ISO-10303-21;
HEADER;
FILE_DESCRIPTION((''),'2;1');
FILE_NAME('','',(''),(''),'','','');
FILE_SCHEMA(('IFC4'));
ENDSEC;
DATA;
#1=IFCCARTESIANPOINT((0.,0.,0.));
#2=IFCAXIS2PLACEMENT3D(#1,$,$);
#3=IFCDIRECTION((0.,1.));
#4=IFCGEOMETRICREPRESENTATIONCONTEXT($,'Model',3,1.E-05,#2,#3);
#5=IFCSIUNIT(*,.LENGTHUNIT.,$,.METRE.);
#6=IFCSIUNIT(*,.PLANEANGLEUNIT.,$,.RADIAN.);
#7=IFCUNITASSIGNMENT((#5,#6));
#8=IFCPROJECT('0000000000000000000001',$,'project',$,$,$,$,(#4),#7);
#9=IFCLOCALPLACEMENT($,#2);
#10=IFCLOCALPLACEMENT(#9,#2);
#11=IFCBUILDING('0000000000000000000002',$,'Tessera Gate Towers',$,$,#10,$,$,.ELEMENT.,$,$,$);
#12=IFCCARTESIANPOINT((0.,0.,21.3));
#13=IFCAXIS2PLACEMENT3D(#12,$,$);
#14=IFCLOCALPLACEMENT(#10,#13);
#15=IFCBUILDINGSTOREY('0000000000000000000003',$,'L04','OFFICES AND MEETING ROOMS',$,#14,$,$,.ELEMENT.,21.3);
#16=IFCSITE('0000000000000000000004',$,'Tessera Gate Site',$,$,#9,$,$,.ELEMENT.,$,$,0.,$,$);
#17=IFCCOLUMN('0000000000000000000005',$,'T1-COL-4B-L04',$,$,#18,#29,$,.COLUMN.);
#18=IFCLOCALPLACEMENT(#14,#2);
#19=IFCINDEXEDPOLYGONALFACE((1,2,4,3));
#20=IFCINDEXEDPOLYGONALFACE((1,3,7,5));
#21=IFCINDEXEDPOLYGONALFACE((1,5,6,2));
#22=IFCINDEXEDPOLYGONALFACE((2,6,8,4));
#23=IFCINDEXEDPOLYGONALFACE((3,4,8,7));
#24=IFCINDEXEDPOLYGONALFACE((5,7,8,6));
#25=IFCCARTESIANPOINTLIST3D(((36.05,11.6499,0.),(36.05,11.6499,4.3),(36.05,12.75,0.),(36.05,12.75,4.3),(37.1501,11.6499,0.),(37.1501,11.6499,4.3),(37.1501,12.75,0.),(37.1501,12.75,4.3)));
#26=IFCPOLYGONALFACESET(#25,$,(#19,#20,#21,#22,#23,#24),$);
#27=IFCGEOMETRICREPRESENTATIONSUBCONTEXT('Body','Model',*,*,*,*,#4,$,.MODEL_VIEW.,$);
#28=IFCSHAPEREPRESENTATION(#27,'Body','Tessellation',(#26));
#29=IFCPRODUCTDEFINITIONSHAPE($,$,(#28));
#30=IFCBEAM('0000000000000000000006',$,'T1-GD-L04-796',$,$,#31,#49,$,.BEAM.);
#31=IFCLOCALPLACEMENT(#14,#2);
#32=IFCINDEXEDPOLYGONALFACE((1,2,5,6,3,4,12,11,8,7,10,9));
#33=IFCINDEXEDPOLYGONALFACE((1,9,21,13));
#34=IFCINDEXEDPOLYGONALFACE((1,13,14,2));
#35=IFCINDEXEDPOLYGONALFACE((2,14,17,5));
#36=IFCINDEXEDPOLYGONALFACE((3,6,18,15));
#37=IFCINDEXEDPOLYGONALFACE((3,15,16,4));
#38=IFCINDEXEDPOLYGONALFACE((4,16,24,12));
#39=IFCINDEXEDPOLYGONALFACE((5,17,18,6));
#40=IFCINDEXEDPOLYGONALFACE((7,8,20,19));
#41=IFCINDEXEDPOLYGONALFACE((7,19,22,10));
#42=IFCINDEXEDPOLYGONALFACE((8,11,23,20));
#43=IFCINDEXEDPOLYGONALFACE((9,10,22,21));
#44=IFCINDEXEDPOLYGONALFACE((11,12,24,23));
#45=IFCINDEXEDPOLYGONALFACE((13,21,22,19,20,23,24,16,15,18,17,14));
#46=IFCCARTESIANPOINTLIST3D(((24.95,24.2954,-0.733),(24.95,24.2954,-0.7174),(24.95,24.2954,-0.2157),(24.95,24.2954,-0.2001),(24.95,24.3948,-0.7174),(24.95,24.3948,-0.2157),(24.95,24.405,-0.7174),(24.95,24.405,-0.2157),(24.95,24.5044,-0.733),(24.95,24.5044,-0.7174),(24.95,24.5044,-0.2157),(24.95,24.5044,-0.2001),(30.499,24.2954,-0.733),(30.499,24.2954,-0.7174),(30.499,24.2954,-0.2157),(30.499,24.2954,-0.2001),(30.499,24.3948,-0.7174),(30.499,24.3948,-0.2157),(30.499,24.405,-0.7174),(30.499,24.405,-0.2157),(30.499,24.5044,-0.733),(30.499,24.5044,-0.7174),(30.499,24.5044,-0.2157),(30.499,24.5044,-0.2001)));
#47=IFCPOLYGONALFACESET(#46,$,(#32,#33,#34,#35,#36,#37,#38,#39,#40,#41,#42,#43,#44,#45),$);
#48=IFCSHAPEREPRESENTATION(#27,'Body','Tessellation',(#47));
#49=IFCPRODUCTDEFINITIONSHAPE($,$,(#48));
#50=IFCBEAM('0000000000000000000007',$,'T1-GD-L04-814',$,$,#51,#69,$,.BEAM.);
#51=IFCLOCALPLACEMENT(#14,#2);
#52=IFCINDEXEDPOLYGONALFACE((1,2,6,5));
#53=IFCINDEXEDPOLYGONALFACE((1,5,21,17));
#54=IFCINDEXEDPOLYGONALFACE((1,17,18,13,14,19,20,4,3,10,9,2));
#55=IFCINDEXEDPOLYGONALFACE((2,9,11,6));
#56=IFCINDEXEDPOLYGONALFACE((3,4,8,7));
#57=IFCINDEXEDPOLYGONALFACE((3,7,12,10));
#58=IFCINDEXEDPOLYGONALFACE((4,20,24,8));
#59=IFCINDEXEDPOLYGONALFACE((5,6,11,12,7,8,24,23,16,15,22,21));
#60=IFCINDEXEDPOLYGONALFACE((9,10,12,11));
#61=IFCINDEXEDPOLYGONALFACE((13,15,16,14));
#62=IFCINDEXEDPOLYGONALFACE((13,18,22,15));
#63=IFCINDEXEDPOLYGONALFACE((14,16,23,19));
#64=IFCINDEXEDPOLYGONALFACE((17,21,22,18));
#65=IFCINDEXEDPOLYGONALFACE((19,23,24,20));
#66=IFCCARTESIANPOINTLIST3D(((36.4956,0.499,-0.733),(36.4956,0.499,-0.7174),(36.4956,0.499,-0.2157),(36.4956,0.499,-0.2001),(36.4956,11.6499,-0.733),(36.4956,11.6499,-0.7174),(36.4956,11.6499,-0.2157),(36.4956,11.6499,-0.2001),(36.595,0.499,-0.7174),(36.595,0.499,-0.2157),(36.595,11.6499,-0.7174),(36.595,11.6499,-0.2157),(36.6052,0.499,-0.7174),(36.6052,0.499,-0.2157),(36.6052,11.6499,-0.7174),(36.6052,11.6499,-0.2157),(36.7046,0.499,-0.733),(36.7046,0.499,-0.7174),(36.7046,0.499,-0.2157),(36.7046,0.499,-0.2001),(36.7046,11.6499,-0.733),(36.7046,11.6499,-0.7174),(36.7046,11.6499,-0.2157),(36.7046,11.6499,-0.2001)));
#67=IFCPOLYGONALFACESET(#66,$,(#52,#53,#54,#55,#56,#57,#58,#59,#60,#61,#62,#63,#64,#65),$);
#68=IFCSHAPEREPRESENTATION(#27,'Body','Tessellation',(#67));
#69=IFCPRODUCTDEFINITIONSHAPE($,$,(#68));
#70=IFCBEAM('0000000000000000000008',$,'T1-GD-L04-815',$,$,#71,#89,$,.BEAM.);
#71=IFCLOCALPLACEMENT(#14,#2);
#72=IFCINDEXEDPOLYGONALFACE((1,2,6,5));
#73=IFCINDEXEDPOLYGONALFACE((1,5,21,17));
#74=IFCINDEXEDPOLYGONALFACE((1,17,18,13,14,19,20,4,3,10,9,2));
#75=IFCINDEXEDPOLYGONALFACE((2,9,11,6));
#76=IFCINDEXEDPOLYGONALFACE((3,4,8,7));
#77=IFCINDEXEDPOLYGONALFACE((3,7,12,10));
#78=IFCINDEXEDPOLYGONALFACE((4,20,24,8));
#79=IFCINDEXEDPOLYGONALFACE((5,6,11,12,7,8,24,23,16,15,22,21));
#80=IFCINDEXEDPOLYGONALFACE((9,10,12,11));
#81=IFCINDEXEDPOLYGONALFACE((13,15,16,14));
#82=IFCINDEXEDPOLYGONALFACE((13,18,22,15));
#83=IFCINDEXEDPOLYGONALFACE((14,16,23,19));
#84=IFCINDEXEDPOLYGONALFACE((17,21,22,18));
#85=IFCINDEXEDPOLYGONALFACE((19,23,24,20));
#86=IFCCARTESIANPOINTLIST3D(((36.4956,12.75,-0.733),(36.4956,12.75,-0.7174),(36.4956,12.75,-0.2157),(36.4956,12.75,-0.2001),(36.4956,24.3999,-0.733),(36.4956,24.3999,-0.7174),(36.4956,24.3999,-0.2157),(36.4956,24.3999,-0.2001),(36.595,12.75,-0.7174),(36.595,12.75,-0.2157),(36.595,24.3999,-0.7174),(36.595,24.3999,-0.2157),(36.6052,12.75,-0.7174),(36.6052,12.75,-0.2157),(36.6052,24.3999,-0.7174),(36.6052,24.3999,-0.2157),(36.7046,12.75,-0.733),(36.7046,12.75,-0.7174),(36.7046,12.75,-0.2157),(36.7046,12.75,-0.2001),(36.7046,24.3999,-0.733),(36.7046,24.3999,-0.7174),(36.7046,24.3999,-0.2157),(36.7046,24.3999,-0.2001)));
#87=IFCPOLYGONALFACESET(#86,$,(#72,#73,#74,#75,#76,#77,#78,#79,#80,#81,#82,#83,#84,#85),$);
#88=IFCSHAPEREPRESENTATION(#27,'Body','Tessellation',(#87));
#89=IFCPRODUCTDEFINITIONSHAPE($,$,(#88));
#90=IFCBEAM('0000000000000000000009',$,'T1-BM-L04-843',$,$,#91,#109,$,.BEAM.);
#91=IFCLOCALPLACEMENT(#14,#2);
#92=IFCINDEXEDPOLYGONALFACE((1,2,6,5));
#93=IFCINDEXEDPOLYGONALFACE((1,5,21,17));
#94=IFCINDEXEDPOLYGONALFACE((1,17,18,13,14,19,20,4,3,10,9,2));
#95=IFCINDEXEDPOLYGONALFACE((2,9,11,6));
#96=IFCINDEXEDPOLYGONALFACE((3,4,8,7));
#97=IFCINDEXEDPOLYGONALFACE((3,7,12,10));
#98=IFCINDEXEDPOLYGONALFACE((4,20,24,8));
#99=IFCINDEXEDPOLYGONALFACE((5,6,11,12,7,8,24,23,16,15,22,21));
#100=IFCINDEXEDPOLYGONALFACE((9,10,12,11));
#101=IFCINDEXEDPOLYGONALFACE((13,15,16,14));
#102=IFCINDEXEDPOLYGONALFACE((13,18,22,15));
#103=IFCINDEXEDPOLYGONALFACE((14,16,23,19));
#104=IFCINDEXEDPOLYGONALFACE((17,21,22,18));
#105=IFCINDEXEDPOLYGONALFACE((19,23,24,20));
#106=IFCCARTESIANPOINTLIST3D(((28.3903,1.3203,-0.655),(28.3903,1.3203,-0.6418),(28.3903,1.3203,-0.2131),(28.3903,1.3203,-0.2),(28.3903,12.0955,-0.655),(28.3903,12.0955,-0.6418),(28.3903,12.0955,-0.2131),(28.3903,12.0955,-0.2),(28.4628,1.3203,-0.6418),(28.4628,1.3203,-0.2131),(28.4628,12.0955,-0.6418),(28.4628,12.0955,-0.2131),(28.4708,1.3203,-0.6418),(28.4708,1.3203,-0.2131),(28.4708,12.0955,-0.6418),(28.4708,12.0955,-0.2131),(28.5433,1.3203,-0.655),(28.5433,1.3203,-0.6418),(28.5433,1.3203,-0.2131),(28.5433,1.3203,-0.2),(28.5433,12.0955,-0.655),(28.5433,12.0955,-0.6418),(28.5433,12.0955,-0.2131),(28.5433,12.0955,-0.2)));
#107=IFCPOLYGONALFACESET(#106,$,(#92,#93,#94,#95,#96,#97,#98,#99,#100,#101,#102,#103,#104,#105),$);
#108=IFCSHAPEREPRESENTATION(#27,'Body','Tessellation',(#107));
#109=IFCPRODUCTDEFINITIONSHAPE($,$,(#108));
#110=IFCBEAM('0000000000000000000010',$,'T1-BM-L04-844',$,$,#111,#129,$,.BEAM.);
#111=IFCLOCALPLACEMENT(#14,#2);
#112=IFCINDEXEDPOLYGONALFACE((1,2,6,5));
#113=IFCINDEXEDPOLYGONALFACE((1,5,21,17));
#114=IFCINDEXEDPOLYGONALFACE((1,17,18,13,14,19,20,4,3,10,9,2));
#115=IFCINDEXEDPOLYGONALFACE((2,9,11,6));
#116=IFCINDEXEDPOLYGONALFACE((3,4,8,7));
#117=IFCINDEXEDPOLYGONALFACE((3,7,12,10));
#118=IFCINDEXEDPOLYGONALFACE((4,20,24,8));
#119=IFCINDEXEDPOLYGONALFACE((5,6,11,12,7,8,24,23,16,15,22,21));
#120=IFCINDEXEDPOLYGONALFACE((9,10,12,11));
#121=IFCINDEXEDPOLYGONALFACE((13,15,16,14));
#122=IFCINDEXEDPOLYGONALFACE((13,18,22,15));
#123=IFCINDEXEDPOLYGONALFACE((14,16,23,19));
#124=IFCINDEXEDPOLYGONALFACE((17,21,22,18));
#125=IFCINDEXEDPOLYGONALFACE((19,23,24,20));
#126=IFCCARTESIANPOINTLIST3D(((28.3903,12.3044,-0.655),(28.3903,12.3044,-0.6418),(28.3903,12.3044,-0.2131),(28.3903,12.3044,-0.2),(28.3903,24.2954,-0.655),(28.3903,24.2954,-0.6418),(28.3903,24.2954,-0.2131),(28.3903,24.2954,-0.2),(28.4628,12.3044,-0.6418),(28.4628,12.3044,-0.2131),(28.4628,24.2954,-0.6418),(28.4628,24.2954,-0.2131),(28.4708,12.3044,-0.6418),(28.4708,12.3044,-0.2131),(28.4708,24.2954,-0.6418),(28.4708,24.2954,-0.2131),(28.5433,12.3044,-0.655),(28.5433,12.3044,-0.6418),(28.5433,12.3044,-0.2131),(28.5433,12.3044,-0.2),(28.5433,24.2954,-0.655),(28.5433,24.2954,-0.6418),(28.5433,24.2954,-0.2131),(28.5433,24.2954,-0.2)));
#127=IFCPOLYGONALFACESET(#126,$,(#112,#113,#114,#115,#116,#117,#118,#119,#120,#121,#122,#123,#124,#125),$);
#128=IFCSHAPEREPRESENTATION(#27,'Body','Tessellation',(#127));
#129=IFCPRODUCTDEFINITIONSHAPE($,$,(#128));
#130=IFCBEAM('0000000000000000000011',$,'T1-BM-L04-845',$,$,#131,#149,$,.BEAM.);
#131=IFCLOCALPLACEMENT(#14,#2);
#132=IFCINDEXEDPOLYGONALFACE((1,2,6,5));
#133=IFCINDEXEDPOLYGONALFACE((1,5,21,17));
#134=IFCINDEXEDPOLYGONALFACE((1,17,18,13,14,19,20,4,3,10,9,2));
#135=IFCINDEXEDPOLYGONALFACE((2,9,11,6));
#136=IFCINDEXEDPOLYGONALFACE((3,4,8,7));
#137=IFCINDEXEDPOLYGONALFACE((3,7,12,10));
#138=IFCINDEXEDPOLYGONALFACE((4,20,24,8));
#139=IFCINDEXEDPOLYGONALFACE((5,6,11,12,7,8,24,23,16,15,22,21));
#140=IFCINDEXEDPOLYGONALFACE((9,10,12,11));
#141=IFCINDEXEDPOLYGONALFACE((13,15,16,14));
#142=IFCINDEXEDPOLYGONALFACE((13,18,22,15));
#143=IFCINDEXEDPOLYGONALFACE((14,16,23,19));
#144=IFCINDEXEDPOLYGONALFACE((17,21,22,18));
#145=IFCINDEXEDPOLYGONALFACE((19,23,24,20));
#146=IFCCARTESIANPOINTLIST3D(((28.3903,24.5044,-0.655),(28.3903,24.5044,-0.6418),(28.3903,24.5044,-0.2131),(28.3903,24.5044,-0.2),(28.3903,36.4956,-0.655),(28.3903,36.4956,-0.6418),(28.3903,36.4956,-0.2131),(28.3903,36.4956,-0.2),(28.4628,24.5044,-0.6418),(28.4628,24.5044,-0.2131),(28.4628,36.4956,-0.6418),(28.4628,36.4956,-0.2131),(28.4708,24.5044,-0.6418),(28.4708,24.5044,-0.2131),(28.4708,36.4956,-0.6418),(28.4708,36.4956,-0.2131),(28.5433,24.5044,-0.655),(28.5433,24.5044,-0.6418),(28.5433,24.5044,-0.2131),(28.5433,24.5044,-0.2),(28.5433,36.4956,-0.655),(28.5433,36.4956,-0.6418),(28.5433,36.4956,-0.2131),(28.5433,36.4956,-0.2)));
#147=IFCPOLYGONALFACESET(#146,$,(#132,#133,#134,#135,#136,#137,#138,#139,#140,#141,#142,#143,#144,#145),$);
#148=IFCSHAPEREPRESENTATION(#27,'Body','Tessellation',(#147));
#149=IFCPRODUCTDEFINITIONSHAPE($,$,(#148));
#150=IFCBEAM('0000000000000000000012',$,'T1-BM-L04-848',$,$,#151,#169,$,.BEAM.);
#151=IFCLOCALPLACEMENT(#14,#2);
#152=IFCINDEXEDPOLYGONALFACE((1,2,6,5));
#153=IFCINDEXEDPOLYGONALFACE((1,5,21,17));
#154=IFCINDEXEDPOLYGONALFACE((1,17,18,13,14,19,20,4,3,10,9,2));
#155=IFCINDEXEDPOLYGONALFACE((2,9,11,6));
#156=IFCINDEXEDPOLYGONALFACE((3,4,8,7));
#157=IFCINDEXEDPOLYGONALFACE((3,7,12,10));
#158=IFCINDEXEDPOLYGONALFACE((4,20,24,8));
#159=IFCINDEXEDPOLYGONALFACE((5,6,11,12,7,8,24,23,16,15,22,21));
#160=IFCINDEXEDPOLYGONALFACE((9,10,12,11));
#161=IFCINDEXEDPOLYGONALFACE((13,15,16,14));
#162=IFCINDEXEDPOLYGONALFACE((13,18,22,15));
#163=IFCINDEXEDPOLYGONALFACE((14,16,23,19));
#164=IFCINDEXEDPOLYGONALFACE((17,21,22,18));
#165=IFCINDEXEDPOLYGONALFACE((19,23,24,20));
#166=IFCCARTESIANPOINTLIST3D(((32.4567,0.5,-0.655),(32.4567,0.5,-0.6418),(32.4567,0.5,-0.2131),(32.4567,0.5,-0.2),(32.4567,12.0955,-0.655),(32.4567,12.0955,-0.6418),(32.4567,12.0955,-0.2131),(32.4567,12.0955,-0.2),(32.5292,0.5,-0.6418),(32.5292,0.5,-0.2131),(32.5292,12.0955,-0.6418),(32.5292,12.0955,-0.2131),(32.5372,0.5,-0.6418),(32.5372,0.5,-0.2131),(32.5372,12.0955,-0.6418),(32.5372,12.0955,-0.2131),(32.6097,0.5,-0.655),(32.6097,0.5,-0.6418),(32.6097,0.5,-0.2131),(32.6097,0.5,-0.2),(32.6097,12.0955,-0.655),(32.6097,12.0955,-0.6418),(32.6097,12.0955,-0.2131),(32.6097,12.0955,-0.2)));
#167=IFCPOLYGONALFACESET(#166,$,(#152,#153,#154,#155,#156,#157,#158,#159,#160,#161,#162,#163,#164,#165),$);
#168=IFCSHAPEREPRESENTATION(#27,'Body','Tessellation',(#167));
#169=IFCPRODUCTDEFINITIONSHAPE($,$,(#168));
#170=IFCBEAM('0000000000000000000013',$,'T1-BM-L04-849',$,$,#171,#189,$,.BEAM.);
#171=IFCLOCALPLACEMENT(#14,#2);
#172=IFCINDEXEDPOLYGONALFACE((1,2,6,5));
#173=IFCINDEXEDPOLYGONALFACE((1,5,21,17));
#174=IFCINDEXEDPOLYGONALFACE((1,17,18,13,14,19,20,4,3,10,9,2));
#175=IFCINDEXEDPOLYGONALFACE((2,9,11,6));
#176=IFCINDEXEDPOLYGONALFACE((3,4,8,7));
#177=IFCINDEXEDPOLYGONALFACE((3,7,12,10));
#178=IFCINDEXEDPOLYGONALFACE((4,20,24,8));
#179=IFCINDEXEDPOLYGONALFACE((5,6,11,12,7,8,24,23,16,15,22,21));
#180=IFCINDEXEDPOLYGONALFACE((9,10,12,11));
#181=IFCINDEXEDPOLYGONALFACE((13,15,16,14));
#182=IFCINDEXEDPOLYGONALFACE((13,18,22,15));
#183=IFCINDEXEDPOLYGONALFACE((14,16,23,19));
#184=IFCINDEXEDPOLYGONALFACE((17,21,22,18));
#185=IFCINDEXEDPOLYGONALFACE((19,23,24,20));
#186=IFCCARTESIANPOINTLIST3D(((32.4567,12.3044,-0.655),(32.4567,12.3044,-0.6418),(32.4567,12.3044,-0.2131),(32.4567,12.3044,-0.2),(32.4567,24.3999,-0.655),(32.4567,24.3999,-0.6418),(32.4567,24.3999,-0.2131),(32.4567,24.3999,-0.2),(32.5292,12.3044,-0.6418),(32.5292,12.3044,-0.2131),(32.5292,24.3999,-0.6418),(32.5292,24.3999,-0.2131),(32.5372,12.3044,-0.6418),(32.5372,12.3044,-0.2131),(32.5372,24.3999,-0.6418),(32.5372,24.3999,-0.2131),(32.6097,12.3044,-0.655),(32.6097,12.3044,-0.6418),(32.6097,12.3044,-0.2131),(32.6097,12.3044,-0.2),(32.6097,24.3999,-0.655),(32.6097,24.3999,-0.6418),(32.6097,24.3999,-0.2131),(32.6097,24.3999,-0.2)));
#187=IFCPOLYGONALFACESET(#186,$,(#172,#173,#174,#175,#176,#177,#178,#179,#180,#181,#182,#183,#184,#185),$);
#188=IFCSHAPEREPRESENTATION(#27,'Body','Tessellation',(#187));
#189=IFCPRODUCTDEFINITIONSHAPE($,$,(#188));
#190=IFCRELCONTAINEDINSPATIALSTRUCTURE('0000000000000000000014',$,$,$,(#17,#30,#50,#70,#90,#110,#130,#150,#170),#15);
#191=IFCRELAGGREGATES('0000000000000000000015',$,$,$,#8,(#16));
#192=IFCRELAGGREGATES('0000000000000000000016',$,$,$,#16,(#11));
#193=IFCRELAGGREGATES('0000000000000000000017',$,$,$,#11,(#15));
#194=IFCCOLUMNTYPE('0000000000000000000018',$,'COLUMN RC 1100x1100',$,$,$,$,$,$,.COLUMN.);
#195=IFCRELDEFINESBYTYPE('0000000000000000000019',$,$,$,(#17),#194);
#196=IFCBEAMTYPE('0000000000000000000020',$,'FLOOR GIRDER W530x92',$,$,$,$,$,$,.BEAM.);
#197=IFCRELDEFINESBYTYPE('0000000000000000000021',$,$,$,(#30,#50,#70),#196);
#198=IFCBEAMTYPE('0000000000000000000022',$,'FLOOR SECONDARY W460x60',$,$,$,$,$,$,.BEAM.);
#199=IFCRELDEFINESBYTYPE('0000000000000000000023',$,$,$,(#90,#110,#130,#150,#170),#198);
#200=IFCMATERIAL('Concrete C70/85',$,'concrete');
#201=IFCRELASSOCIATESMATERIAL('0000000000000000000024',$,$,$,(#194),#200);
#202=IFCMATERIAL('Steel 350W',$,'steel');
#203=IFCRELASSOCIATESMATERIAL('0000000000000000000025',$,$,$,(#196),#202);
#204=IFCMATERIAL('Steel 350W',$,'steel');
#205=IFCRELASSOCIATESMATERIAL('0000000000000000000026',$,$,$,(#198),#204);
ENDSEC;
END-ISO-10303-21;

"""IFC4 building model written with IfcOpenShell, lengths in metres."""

from ifc_helpers import new_model, si_unit, direction, frame, origin, origin_2d, place, context, subcontext, project, spatial, rectangle, i_section, extrude, material, material_profile, profile_set, type_object, element, save


model = new_model("IFC4")

# Units and contexts
model_context = context("Model", 3, precision=1e-05, world=origin(), true_north=direction((0.0, 1.0)))
body_context = subcontext(model_context, "Body", "Model", "MODEL_VIEW")
ifc_project = project(units=[si_unit("LENGTHUNIT", "METRE"), si_unit("PLANEANGLEUNIT", "RADIAN")], contexts=[model_context])

# Site, building, storey
site_placement = place(None, origin())
site = spatial("IfcSite", under=ifc_project, at=site_placement, Name="Tessera Gate Site", CompositionType="ELEMENT", RefElevation=0.0)
building_placement = place(site_placement, origin())
building = spatial("IfcBuilding", under=site, at=building_placement, Name="Tessera Gate Towers", CompositionType="ELEMENT")
storey_placement = place(building_placement, frame((0.0, 0.0, 21.3)))
storey = spatial("IfcBuildingStorey", under=building, at=storey_placement, Name="L04", Description="OFFICES AND MEETING ROOMS", CompositionType="ELEMENT", Elevation=21.3)

# Column
ifc_material_1 = material(Name="Concrete C70/85", Category="concrete")
ifc_material_profile_1 = material_profile(ifc_material_1, rectangle(XDim=1.1001, YDim=1.1001, at=origin_2d()), Name="RC 1100x1100")
ifc_profile_set_1 = profile_set([ifc_material_profile_1], Name="Concrete C70/85")
column_type = type_object("IfcColumnType", Name="COLUMN RC 1100x1100", PredefinedType="COLUMN", material=ifc_profile_set_1)
column_placement = place(storey_placement, frame((36.6001, 12.2, 0.0), z_axis=(0.0, 0.0, 1.0), x_axis=(1.0, 0.0, 0.0)))
element("IfcColumn", 1, at=column_placement, inside=storey, type_object=column_type, Name="T1-COL-4B-L04", PredefinedType="COLUMN", context=body_context, shape_type="SweptSolid", body=[
    extrude(rectangle(XDim=1.1001, YDim=1.1001, at=origin_2d()), origin(), (0.0, 0.0, 1.0), 4.3),
])

# Beams
ifc_material_2 = material(Name="Steel 350W", Category="steel")
ifc_material_profile_2 = material_profile(ifc_material_2, i_section(OverallWidth=0.209, OverallDepth=0.533, WebThickness=0.0103, FlangeThickness=0.0156, at=origin_2d()), Name="W530x92")
ifc_profile_set_2 = profile_set([ifc_material_profile_2], Name="Steel 350W")
beam_type_1 = type_object("IfcBeamType", Name="FLOOR GIRDER W530x92", PredefinedType="BEAM", material=ifc_profile_set_2)
beam_1_placement = place(storey_placement, frame((24.95, 24.3999, -0.4666), z_axis=(1.0, 0.0, 0.0), x_axis=(0.0, 1.0, 0.0)))
element("IfcBeam", 2, at=beam_1_placement, inside=storey, type_object=beam_type_1, Name="T1-GD-L04-796", PredefinedType="BEAM", context=body_context, shape_type="SweptSolid", body=[
    extrude(i_section(OverallWidth=0.209, OverallDepth=0.533, WebThickness=0.0103, FlangeThickness=0.0156, at=origin_2d()), origin(), (0.0, 0.0, 1.0), 5.5491),
])
beam_2_placement = place(storey_placement, frame((36.6001, 0.499, -0.4666), z_axis=(0.0, 1.0, 0.0), x_axis=(-1.0, 0.0, 0.0)))
element("IfcBeam", 3, at=beam_2_placement, inside=storey, type_object=beam_type_1, Name="T1-GD-L04-814", PredefinedType="BEAM", context=body_context, shape_type="SweptSolid", body=[
    extrude(i_section(OverallWidth=0.209, OverallDepth=0.533, WebThickness=0.0103, FlangeThickness=0.0156, at=origin_2d()), origin(), (0.0, 0.0, 1.0), 11.1509),
])
beam_3_placement = place(storey_placement, frame((36.6001, 12.75, -0.4666), z_axis=(0.0, 1.0, 0.0), x_axis=(-1.0, 0.0, 0.0)))
element("IfcBeam", 4, at=beam_3_placement, inside=storey, type_object=beam_type_1, Name="T1-GD-L04-815", PredefinedType="BEAM", context=body_context, shape_type="SweptSolid", body=[
    extrude(i_section(OverallWidth=0.209, OverallDepth=0.533, WebThickness=0.0103, FlangeThickness=0.0156, at=origin_2d()), origin(), (0.0, 0.0, 1.0), 11.6499),
])
ifc_material_3 = material(Name="Steel 350W", Category="steel")
ifc_material_profile_3 = material_profile(ifc_material_3, i_section(OverallWidth=0.1531, OverallDepth=0.4551, WebThickness=0.0081, FlangeThickness=0.0132, at=origin_2d()), Name="W460x60")
ifc_profile_set_3 = profile_set([ifc_material_profile_3], Name="Steel 350W")
beam_type_2 = type_object("IfcBeamType", Name="FLOOR SECONDARY W460x60", PredefinedType="BEAM", material=ifc_profile_set_3)
beam_4_placement = place(storey_placement, frame((28.4668, 1.3203, -0.4275), z_axis=(0.0, 1.0, 0.0), x_axis=(-1.0, 0.0, 0.0)))
element("IfcBeam", 5, at=beam_4_placement, inside=storey, type_object=beam_type_2, Name="T1-BM-L04-843", PredefinedType="BEAM", context=body_context, shape_type="SweptSolid", body=[
    extrude(i_section(OverallWidth=0.1531, OverallDepth=0.4551, WebThickness=0.0081, FlangeThickness=0.0132, at=origin_2d()), origin(), (0.0, 0.0, 1.0), 10.7751),
])
beam_5_placement = place(storey_placement, frame((28.4668, 12.3044, -0.4275), z_axis=(0.0, 1.0, 0.0), x_axis=(-1.0, 0.0, 0.0)))
element("IfcBeam", 6, at=beam_5_placement, inside=storey, type_object=beam_type_2, Name="T1-BM-L04-844", PredefinedType="BEAM", context=body_context, shape_type="SweptSolid", body=[
    extrude(i_section(OverallWidth=0.1531, OverallDepth=0.4551, WebThickness=0.0081, FlangeThickness=0.0132, at=origin_2d()), origin(), (0.0, 0.0, 1.0), 11.991),
])
beam_6_placement = place(storey_placement, frame((28.4668, 24.5044, -0.4275), z_axis=(0.0, 1.0, 0.0), x_axis=(-1.0, 0.0, 0.0)))
element("IfcBeam", 7, at=beam_6_placement, inside=storey, type_object=beam_type_2, Name="T1-BM-L04-845", PredefinedType="BEAM", context=body_context, shape_type="SweptSolid", body=[
    extrude(i_section(OverallWidth=0.1531, OverallDepth=0.4551, WebThickness=0.0081, FlangeThickness=0.0132, at=origin_2d()), origin(), (0.0, 0.0, 1.0), 11.9912),
])
beam_7_placement = place(storey_placement, frame((32.5332, 0.5, -0.4275), z_axis=(0.0, 1.0, 0.0), x_axis=(-1.0, 0.0, 0.0)))
element("IfcBeam", 8, at=beam_7_placement, inside=storey, type_object=beam_type_2, Name="T1-BM-L04-848", PredefinedType="BEAM", context=body_context, shape_type="SweptSolid", body=[
    extrude(i_section(OverallWidth=0.1531, OverallDepth=0.4551, WebThickness=0.0081, FlangeThickness=0.0132, at=origin_2d()), origin(), (0.0, 0.0, 1.0), 11.5955),
])
beam_8_placement = place(storey_placement, frame((32.5332, 12.3044, -0.4275), z_axis=(0.0, 1.0, 0.0), x_axis=(-1.0, 0.0, 0.0)))
element("IfcBeam", 9, at=beam_8_placement, inside=storey, type_object=beam_type_2, Name="T1-BM-L04-849", PredefinedType="BEAM", context=body_context, shape_type="SweptSolid", body=[
    extrude(i_section(OverallWidth=0.1531, OverallDepth=0.4551, WebThickness=0.0081, FlangeThickness=0.0132, at=origin_2d()), origin(), (0.0, 0.0, 1.0), 12.0955),
])

save(model, "model.ifc")
